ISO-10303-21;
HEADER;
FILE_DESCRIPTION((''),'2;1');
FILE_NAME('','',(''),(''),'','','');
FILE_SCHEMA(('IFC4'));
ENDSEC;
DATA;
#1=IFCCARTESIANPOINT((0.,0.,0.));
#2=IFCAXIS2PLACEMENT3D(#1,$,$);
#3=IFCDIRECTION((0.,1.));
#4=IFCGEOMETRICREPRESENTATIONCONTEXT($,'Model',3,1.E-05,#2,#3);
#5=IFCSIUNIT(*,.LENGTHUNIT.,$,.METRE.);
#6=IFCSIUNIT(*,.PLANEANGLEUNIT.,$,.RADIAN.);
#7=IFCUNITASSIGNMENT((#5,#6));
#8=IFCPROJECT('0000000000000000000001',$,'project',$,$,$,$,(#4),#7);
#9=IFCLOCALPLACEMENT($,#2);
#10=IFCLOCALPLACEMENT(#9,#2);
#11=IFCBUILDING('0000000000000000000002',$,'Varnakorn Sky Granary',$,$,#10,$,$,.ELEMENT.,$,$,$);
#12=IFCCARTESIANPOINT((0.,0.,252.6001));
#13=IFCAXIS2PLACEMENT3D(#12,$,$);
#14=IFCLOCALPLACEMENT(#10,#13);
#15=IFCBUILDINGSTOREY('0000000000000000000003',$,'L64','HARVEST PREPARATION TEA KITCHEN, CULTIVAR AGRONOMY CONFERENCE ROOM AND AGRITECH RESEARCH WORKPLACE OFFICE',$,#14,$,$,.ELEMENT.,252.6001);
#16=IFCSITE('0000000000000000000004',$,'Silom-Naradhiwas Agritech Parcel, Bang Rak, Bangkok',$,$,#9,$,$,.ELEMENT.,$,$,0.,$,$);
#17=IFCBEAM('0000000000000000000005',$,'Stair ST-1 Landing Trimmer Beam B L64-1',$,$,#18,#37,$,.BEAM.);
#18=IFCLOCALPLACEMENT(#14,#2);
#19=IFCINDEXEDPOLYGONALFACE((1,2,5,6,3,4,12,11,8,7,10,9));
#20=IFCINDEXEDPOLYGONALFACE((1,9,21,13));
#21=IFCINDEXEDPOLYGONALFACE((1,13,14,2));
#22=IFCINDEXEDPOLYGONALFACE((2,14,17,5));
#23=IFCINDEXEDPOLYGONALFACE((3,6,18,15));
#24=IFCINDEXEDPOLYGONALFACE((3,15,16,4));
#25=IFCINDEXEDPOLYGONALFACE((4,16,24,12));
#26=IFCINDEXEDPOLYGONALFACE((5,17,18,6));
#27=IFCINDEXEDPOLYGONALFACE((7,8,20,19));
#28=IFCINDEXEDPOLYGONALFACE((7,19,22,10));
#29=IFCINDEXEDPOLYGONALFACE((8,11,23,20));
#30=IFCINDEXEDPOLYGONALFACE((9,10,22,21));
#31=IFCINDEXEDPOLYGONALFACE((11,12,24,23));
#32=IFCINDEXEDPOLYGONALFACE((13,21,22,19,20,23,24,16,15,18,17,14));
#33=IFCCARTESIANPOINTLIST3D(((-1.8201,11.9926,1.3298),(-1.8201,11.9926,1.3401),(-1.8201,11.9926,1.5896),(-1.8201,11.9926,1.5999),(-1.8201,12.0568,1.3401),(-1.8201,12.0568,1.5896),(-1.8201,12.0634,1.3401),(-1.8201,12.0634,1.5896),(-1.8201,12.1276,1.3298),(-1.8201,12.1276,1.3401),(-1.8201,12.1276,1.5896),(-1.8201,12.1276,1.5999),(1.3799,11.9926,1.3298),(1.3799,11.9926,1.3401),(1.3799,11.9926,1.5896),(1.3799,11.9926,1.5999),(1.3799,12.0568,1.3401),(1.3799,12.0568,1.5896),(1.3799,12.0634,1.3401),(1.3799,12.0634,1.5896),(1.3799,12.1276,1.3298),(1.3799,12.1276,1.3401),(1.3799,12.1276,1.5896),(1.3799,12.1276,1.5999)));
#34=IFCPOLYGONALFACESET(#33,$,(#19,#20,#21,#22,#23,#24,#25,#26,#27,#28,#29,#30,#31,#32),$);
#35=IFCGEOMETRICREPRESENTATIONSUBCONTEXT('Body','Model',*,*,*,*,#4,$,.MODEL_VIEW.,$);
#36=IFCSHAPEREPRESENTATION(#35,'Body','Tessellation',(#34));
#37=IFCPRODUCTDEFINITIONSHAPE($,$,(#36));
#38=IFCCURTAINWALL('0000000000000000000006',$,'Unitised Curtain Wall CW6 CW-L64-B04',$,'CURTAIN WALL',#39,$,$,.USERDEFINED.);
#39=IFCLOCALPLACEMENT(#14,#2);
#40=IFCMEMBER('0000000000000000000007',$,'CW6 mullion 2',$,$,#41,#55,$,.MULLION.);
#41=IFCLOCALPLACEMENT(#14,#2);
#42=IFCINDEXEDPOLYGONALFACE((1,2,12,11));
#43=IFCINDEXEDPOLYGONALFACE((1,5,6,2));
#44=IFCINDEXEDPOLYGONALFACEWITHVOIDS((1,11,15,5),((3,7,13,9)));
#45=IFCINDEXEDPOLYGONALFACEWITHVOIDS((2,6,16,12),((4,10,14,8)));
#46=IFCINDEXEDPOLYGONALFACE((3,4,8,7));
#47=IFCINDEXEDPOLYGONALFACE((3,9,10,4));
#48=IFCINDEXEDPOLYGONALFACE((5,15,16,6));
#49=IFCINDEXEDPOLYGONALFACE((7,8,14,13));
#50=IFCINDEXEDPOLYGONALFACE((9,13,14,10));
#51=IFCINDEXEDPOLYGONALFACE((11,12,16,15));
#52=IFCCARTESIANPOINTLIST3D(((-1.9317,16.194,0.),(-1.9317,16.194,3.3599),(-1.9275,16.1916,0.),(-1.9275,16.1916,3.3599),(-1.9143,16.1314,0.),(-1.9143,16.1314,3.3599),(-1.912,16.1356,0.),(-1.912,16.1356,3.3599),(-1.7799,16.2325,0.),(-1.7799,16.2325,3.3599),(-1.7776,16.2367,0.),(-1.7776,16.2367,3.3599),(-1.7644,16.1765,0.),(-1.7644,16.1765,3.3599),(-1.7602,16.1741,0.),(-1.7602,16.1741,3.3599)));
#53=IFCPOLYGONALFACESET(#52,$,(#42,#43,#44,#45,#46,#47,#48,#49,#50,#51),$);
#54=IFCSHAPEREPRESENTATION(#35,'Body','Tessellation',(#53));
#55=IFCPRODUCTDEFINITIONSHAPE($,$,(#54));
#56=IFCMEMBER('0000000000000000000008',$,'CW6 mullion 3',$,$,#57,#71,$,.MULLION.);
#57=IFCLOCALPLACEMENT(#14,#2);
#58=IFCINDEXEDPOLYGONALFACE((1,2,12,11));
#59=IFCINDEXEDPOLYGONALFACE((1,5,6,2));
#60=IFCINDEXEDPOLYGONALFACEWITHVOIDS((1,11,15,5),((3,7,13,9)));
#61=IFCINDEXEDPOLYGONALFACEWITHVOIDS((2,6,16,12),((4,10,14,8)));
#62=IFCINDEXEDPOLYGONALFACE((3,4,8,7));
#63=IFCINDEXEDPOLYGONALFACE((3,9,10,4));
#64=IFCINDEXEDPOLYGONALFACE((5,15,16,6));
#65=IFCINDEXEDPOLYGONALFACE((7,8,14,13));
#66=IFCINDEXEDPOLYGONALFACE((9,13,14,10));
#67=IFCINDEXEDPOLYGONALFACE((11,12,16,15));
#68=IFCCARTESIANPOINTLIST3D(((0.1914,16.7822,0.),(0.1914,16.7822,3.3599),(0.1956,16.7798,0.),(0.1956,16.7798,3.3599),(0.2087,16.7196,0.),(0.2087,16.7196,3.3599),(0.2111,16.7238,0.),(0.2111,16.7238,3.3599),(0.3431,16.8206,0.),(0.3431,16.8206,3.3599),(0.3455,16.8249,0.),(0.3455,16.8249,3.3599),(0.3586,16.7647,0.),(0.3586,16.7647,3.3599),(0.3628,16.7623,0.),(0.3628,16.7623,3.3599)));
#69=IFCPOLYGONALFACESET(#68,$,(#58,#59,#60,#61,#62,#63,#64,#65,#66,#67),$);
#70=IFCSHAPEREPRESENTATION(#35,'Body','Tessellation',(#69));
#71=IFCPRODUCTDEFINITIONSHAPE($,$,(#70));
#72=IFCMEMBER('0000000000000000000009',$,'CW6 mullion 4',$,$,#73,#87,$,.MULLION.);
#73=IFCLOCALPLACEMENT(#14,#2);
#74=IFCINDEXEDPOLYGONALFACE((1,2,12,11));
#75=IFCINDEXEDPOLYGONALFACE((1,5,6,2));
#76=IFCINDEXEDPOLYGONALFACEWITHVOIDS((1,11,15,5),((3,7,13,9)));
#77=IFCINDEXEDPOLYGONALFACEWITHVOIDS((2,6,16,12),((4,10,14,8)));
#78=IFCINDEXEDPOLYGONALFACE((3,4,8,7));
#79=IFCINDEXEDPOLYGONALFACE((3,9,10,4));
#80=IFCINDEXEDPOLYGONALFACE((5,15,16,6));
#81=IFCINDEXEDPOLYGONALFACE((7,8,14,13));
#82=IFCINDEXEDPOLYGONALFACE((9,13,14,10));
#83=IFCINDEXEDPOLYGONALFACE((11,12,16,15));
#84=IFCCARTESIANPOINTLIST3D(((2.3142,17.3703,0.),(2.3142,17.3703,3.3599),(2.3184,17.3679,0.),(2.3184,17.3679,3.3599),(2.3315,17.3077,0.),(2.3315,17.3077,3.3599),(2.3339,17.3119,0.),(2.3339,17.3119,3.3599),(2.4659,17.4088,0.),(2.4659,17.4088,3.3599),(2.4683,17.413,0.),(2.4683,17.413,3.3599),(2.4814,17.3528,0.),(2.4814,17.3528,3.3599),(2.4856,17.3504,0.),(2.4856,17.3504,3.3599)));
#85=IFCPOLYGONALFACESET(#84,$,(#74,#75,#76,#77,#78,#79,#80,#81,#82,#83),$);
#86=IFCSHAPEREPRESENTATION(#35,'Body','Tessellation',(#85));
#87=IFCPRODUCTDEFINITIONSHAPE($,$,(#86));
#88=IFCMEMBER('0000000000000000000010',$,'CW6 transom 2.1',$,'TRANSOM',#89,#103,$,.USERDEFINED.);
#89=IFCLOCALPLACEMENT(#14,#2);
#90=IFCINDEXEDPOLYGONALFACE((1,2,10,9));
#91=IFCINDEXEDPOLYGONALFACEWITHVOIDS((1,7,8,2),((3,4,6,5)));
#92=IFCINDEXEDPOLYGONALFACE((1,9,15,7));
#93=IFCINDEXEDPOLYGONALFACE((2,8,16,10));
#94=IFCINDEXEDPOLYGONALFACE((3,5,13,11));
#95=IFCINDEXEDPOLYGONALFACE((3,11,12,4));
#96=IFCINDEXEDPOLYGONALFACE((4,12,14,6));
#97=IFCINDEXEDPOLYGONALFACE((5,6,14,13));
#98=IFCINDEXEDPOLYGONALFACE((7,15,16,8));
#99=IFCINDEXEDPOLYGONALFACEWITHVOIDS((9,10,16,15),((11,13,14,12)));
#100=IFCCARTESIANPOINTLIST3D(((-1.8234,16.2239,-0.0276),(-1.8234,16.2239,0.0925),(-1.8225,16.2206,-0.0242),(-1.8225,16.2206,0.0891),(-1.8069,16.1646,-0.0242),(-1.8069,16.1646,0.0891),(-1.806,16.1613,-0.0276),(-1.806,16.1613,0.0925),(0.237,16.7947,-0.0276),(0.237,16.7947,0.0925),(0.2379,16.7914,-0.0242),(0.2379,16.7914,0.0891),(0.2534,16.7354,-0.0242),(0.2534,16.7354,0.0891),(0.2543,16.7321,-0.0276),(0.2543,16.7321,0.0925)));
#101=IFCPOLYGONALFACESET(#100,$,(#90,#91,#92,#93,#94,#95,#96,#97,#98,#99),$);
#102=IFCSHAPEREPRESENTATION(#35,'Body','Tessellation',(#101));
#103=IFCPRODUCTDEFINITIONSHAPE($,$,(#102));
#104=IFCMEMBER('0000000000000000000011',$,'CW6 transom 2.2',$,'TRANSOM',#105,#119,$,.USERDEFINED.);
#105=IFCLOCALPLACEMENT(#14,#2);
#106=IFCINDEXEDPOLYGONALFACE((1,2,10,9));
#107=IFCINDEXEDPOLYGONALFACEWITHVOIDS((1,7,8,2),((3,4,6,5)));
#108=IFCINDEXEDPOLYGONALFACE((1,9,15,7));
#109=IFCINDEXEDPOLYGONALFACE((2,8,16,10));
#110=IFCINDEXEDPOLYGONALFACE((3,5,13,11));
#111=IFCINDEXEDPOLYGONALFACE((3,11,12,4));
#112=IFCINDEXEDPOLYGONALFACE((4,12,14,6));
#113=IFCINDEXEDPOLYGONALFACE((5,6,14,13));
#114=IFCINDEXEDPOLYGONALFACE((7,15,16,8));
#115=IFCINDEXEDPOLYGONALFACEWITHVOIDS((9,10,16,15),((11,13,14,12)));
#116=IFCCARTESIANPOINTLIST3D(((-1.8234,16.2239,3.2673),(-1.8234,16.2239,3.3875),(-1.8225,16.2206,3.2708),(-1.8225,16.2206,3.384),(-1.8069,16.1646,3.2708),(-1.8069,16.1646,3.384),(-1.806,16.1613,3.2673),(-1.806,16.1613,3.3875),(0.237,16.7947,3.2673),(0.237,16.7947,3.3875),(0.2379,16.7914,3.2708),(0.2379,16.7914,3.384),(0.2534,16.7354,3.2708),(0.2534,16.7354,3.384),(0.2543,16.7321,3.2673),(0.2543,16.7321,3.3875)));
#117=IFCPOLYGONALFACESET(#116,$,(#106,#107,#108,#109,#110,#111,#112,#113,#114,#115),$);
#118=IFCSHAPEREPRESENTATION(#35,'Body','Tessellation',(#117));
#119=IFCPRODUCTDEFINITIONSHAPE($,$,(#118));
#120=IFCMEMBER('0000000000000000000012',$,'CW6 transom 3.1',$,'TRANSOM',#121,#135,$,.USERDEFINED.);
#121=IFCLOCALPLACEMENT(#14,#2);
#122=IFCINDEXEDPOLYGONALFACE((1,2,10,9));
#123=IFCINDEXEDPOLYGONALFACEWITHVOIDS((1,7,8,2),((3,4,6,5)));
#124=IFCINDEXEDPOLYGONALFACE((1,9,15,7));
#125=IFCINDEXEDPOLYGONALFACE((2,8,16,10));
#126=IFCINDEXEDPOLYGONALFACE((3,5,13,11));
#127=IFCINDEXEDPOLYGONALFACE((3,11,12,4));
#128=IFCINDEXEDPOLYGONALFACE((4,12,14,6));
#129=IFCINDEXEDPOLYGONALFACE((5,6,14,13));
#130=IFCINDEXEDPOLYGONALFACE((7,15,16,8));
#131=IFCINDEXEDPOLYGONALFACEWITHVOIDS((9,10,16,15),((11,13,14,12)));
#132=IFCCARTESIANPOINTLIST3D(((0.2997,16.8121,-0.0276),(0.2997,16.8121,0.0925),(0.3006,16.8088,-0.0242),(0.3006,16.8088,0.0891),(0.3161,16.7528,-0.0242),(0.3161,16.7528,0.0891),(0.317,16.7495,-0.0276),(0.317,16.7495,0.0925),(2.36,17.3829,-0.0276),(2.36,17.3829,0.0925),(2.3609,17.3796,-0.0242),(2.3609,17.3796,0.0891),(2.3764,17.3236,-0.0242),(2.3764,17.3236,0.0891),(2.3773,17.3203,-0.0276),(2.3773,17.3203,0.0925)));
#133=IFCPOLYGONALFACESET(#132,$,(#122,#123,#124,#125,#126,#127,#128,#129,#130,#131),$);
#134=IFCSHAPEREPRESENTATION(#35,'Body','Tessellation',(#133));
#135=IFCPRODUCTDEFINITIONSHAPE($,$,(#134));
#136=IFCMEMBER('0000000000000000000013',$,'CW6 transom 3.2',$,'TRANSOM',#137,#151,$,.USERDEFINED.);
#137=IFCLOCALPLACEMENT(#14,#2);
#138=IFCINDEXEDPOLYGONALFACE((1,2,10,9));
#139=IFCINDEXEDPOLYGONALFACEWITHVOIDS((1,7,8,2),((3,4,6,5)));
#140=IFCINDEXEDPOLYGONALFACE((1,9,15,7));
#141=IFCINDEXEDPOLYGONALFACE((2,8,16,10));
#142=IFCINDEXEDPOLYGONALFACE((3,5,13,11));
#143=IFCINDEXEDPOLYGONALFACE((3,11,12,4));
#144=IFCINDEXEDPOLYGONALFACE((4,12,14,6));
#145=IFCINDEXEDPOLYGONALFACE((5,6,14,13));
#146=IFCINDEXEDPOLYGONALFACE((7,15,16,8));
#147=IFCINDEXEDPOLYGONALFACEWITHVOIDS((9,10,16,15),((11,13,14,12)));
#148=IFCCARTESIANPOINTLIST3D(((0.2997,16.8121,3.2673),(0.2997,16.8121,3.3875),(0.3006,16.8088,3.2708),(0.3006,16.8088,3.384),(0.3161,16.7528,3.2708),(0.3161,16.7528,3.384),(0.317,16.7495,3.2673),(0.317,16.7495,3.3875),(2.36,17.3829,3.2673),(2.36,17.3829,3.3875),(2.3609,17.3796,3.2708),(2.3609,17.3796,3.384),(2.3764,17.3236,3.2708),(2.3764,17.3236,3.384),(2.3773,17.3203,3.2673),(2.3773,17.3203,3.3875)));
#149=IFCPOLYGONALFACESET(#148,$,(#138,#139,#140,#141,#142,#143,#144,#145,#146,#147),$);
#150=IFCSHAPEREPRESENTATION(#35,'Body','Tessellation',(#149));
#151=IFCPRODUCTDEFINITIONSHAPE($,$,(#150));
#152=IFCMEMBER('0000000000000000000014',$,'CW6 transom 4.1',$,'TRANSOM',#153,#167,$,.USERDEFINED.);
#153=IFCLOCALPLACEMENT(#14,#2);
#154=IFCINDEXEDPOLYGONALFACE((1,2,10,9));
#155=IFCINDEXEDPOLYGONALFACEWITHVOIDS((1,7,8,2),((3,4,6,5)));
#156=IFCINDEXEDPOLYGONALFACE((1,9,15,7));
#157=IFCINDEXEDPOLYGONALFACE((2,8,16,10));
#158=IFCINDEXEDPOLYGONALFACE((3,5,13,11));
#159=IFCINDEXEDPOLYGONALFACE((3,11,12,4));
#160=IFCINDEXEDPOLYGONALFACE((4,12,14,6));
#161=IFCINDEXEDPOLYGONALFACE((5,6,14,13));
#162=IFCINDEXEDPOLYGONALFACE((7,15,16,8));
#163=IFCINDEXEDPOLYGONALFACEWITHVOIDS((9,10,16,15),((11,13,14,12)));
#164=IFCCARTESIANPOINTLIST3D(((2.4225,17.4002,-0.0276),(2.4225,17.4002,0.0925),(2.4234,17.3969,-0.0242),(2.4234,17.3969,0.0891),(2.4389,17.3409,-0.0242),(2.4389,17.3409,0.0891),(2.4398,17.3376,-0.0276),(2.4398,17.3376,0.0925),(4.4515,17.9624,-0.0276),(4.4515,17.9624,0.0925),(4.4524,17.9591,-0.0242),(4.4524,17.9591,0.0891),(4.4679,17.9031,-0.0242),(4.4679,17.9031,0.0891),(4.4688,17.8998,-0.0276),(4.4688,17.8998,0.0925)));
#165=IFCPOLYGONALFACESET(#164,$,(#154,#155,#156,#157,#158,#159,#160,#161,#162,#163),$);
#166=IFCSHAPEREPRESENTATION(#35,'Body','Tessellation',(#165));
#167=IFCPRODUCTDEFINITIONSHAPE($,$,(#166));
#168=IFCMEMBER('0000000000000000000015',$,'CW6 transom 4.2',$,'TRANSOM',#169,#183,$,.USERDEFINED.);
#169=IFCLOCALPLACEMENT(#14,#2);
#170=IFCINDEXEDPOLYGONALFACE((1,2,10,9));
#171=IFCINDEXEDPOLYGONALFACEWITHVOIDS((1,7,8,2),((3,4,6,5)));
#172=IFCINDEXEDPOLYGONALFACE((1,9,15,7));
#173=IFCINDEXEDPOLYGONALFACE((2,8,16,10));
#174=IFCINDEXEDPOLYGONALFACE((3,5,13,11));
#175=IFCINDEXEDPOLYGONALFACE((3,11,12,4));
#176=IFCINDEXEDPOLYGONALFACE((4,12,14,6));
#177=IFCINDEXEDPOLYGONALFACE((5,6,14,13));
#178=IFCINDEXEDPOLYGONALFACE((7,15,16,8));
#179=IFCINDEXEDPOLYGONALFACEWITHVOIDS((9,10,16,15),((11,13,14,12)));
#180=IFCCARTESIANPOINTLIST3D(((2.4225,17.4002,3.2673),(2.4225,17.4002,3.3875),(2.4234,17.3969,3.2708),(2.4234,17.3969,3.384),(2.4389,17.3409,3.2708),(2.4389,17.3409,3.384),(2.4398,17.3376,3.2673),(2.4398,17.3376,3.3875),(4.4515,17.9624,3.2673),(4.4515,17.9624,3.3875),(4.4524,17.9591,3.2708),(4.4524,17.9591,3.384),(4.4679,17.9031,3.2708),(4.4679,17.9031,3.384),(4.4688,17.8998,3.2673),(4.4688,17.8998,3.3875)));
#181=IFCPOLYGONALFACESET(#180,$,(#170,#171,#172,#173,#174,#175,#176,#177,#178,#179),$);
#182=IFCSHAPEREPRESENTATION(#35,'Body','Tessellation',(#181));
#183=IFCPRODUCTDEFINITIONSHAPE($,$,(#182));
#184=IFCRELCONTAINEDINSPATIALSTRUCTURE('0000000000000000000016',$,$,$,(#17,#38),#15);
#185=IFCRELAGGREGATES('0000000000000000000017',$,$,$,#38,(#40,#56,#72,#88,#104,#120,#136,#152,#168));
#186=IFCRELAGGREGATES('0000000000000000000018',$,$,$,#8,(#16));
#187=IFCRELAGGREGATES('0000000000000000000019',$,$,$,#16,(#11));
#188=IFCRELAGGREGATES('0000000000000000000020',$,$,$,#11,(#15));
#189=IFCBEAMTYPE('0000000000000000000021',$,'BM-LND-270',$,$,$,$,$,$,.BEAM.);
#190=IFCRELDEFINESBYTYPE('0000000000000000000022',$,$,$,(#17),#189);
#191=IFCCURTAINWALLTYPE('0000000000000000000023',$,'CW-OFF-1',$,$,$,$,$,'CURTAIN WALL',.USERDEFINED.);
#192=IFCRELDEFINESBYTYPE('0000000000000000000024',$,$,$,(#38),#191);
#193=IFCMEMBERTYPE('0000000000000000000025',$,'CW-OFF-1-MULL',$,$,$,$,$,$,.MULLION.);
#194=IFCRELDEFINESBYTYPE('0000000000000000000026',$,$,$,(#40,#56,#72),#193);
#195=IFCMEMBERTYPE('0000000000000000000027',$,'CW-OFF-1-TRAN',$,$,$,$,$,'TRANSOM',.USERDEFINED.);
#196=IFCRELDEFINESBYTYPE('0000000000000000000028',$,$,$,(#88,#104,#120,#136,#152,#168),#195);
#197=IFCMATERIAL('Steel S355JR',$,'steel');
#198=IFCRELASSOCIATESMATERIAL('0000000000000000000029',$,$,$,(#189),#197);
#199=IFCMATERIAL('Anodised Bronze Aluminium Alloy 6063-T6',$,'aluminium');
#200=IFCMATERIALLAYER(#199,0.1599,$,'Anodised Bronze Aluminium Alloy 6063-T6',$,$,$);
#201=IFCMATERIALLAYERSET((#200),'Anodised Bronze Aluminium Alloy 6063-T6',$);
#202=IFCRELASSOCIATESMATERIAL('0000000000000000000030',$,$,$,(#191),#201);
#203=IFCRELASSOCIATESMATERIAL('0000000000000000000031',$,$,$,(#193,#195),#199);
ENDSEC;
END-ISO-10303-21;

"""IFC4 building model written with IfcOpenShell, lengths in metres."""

from ifc_helpers import new_model, si_unit, direction, frame, origin, origin_2d, place, context, subcontext, project, spatial, hollow_rectangle, i_section, extrude, material, layer, layer_set, material_profile, profile_set, type_object, element, aggregate, save


model = new_model("IFC4")

# Units and contexts
model_context = context("Model", 3, precision=1e-05, world=origin(), true_north=direction((0.0, 1.0)))
body_context = subcontext(model_context, "Body", "Model", "MODEL_VIEW")
ifc_project = project(units=[si_unit("LENGTHUNIT", "METRE"), si_unit("PLANEANGLEUNIT", "RADIAN")], contexts=[model_context])

# Site, building, storey
site_placement = place(None, origin())
site = spatial("IfcSite", under=ifc_project, at=site_placement, Name="Silom-Naradhiwas Agritech Parcel, Bang Rak, Bangkok", CompositionType="ELEMENT", RefElevation=0.0)
building_placement = place(site_placement, origin())
building = spatial("IfcBuilding", under=site, at=building_placement, Name="Varnakorn Sky Granary", CompositionType="ELEMENT")
storey_placement = place(building_placement, frame((0.0, 0.0, 252.6001)))
storey = spatial("IfcBuildingStorey", under=building, at=storey_placement, Name="L64", Description="HARVEST PREPARATION TEA KITCHEN, CULTIVAR AGRONOMY CONFERENCE ROOM AND AGRITECH RESEARCH WORKPLACE OFFICE", CompositionType="ELEMENT", Elevation=252.6001)

# Beam
ifc_material_1 = material(Name="Steel S355JR", Category="steel")
ifc_material_profile_1 = material_profile(ifc_material_1, i_section(OverallWidth=0.135, OverallDepth=0.27, WebThickness=0.0066, FlangeThickness=0.0103, at=origin_2d()), Name="IPE 270")
ifc_profile_set_1 = profile_set([ifc_material_profile_1], Name="Steel S355JR")
beam_type = type_object("IfcBeamType", Name="BM-LND-270", PredefinedType="BEAM", material=ifc_profile_set_1)
beam_placement = place(storey_placement, frame((-1.8201, 12.0601, 1.4648), z_axis=(1.0, 0.0, 0.0), x_axis=(0.0, 1.0, 0.0)))
element("IfcBeam", 1, at=beam_placement, inside=storey, type_object=beam_type, Name="Stair ST-1 Landing Trimmer Beam B L64-1", PredefinedType="BEAM", context=body_context, shape_type="SweptSolid", body=[
    extrude(i_section(OverallWidth=0.135, OverallDepth=0.27, WebThickness=0.0066, FlangeThickness=0.0103, at=origin_2d()), origin(), (0.0, 0.0, 1.0), 3.2),
])

# Curtain wall, members
ifc_material_2 = material(Name="Anodised Bronze Aluminium Alloy 6063-T6", Category="aluminium")
ifc_layer_1 = layer(ifc_material_2, 0.1599, Name="Anodised Bronze Aluminium Alloy 6063-T6")
ifc_layer_set_1 = layer_set([ifc_layer_1], Name="Anodised Bronze Aluminium Alloy 6063-T6")
curtain_wall_type = type_object("IfcCurtainWallType", Name="CW-OFF-1", ElementType="CURTAIN WALL", PredefinedType="USERDEFINED", material=ifc_layer_set_1)
curtain_wall_placement = place(storey_placement, origin())
curtain_wall = element("IfcCurtainWall", 2, at=curtain_wall_placement, inside=storey, type_object=curtain_wall_type, Name="Unitised Curtain Wall CW6 CW-L64-B04", ObjectType="CURTAIN WALL", PredefinedType="USERDEFINED")
ifc_material_profile_2 = material_profile(ifc_material_2, hollow_rectangle(XDim=0.0649, YDim=0.1599, WallThickness=0.0034, at=origin_2d()), Name="ALU MULL 65x160")
ifc_profile_set_2 = profile_set([ifc_material_profile_2], Name="Anodised Bronze Aluminium Alloy 6063-T6")
member_type_1 = type_object("IfcMemberType", Name="CW-OFF-1-MULL", PredefinedType="MULLION", material=ifc_profile_set_2)
member_1_placement = place(storey_placement, frame((-1.8459, 16.1841, 0.0), z_axis=(0.0, 0.0, 1.0), x_axis=(-0.266982, 0.963701, 0.0)))
member_1 = element("IfcMember", 3, at=member_1_placement, type_object=member_type_1, Name="CW6 mullion 2", PredefinedType="MULLION", context=body_context, shape_type="SweptSolid", body=[
    extrude(hollow_rectangle(XDim=0.0649, YDim=0.1599, WallThickness=0.0034, at=origin_2d()), origin(), (0.0, 0.0, 1.0), 3.3599),
])
member_2_placement = place(storey_placement, frame((0.2771, 16.7722, 0.0), z_axis=(0.0, 0.0, 1.0), x_axis=(-0.266982, 0.963701, 0.0)))
member_2 = element("IfcMember", 4, at=member_2_placement, type_object=member_type_1, Name="CW6 mullion 3", PredefinedType="MULLION", context=body_context, shape_type="SweptSolid", body=[
    extrude(hollow_rectangle(XDim=0.0649, YDim=0.1599, WallThickness=0.0034, at=origin_2d()), origin(), (0.0, 0.0, 1.0), 3.3599),
])
member_3_placement = place(storey_placement, frame((2.3999, 17.3604, 0.0), z_axis=(0.0, 0.0, 1.0), x_axis=(-0.266982, 0.963701, 0.0)))
member_3 = element("IfcMember", 5, at=member_3_placement, type_object=member_type_1, Name="CW6 mullion 4", PredefinedType="MULLION", context=body_context, shape_type="SweptSolid", body=[
    extrude(hollow_rectangle(XDim=0.0649, YDim=0.1599, WallThickness=0.0034, at=origin_2d()), origin(), (0.0, 0.0, 1.0), 3.3599),
])
ifc_material_profile_3 = material_profile(ifc_material_2, hollow_rectangle(XDim=0.0649, YDim=0.1201, WallThickness=0.0034, at=origin_2d()), Name="ALU TRAN 65x120")
ifc_profile_set_3 = profile_set([ifc_material_profile_3], Name="Anodised Bronze Aluminium Alloy 6063-T6")
member_type_2 = type_object("IfcMemberType", Name="CW-OFF-1-TRAN", ElementType="TRANSOM", PredefinedType="USERDEFINED", material=ifc_profile_set_3)
member_4_placement = place(storey_placement, frame((-1.8147, 16.1926, 0.0325), z_axis=(0.963699, 0.26699, 0.0), x_axis=(-0.26699, 0.963699, 0.0)))
member_4 = element("IfcMember", 6, at=member_4_placement, type_object=member_type_2, Name="CW6 transom 2.1", ObjectType="TRANSOM", PredefinedType="USERDEFINED", context=body_context, shape_type="SweptSolid", body=[
    extrude(hollow_rectangle(XDim=0.0649, YDim=0.1201, WallThickness=0.0034, at=origin_2d()), origin(), (0.0, 0.0, 1.0), 2.1379),
])
member_5_placement = place(storey_placement, frame((-1.8147, 16.1926, 3.3274), z_axis=(0.963699, 0.26699, 0.0), x_axis=(-0.26699, 0.963699, 0.0)))
member_5 = element("IfcMember", 7, at=member_5_placement, type_object=member_type_2, Name="CW6 transom 2.2", ObjectType="TRANSOM", PredefinedType="USERDEFINED", context=body_context, shape_type="SweptSolid", body=[
    extrude(hollow_rectangle(XDim=0.0649, YDim=0.1201, WallThickness=0.0034, at=origin_2d()), origin(), (0.0, 0.0, 1.0), 2.1379),
])
member_6_placement = place(storey_placement, frame((0.3083, 16.7808, 0.0325), z_axis=(0.963699, 0.26699, 0.0), x_axis=(-0.26699, 0.963699, 0.0)))
member_6 = element("IfcMember", 8, at=member_6_placement, type_object=member_type_2, Name="CW6 transom 3.1", ObjectType="TRANSOM", PredefinedType="USERDEFINED", context=body_context, shape_type="SweptSolid", body=[
    extrude(hollow_rectangle(XDim=0.0649, YDim=0.1201, WallThickness=0.0034, at=origin_2d()), origin(), (0.0, 0.0, 1.0), 2.1379),
])
member_7_placement = place(storey_placement, frame((0.3083, 16.7808, 3.3274), z_axis=(0.963699, 0.26699, 0.0), x_axis=(-0.26699, 0.963699, 0.0)))
member_7 = element("IfcMember", 9, at=member_7_placement, type_object=member_type_2, Name="CW6 transom 3.2", ObjectType="TRANSOM", PredefinedType="USERDEFINED", context=body_context, shape_type="SweptSolid", body=[
    extrude(hollow_rectangle(XDim=0.0649, YDim=0.1201, WallThickness=0.0034, at=origin_2d()), origin(), (0.0, 0.0, 1.0), 2.1379),
])
member_8_placement = place(storey_placement, frame((2.4312, 17.3689, 0.0325), z_axis=(0.963686, 0.26704, 0.0), x_axis=(-0.26704, 0.963686, 0.0)))
member_8 = element("IfcMember", 10, at=member_8_placement, type_object=member_type_2, Name="CW6 transom 4.1", ObjectType="TRANSOM", PredefinedType="USERDEFINED", context=body_context, shape_type="SweptSolid", body=[
    extrude(hollow_rectangle(XDim=0.0649, YDim=0.1201, WallThickness=0.0034, at=origin_2d()), origin(), (0.0, 0.0, 1.0), 2.1055),
])
member_9_placement = place(storey_placement, frame((2.4312, 17.3689, 3.3274), z_axis=(0.963686, 0.26704, 0.0), x_axis=(-0.26704, 0.963686, 0.0)))
member_9 = element("IfcMember", 11, at=member_9_placement, type_object=member_type_2, Name="CW6 transom 4.2", ObjectType="TRANSOM", PredefinedType="USERDEFINED", context=body_context, shape_type="SweptSolid", body=[
    extrude(hollow_rectangle(XDim=0.0649, YDim=0.1201, WallThickness=0.0034, at=origin_2d()), origin(), (0.0, 0.0, 1.0), 2.1055),
])

aggregate(curtain_wall, [member_1, member_2, member_3, member_4, member_5, member_6, member_7, member_8, member_9])

save(model, "model.ifc")
